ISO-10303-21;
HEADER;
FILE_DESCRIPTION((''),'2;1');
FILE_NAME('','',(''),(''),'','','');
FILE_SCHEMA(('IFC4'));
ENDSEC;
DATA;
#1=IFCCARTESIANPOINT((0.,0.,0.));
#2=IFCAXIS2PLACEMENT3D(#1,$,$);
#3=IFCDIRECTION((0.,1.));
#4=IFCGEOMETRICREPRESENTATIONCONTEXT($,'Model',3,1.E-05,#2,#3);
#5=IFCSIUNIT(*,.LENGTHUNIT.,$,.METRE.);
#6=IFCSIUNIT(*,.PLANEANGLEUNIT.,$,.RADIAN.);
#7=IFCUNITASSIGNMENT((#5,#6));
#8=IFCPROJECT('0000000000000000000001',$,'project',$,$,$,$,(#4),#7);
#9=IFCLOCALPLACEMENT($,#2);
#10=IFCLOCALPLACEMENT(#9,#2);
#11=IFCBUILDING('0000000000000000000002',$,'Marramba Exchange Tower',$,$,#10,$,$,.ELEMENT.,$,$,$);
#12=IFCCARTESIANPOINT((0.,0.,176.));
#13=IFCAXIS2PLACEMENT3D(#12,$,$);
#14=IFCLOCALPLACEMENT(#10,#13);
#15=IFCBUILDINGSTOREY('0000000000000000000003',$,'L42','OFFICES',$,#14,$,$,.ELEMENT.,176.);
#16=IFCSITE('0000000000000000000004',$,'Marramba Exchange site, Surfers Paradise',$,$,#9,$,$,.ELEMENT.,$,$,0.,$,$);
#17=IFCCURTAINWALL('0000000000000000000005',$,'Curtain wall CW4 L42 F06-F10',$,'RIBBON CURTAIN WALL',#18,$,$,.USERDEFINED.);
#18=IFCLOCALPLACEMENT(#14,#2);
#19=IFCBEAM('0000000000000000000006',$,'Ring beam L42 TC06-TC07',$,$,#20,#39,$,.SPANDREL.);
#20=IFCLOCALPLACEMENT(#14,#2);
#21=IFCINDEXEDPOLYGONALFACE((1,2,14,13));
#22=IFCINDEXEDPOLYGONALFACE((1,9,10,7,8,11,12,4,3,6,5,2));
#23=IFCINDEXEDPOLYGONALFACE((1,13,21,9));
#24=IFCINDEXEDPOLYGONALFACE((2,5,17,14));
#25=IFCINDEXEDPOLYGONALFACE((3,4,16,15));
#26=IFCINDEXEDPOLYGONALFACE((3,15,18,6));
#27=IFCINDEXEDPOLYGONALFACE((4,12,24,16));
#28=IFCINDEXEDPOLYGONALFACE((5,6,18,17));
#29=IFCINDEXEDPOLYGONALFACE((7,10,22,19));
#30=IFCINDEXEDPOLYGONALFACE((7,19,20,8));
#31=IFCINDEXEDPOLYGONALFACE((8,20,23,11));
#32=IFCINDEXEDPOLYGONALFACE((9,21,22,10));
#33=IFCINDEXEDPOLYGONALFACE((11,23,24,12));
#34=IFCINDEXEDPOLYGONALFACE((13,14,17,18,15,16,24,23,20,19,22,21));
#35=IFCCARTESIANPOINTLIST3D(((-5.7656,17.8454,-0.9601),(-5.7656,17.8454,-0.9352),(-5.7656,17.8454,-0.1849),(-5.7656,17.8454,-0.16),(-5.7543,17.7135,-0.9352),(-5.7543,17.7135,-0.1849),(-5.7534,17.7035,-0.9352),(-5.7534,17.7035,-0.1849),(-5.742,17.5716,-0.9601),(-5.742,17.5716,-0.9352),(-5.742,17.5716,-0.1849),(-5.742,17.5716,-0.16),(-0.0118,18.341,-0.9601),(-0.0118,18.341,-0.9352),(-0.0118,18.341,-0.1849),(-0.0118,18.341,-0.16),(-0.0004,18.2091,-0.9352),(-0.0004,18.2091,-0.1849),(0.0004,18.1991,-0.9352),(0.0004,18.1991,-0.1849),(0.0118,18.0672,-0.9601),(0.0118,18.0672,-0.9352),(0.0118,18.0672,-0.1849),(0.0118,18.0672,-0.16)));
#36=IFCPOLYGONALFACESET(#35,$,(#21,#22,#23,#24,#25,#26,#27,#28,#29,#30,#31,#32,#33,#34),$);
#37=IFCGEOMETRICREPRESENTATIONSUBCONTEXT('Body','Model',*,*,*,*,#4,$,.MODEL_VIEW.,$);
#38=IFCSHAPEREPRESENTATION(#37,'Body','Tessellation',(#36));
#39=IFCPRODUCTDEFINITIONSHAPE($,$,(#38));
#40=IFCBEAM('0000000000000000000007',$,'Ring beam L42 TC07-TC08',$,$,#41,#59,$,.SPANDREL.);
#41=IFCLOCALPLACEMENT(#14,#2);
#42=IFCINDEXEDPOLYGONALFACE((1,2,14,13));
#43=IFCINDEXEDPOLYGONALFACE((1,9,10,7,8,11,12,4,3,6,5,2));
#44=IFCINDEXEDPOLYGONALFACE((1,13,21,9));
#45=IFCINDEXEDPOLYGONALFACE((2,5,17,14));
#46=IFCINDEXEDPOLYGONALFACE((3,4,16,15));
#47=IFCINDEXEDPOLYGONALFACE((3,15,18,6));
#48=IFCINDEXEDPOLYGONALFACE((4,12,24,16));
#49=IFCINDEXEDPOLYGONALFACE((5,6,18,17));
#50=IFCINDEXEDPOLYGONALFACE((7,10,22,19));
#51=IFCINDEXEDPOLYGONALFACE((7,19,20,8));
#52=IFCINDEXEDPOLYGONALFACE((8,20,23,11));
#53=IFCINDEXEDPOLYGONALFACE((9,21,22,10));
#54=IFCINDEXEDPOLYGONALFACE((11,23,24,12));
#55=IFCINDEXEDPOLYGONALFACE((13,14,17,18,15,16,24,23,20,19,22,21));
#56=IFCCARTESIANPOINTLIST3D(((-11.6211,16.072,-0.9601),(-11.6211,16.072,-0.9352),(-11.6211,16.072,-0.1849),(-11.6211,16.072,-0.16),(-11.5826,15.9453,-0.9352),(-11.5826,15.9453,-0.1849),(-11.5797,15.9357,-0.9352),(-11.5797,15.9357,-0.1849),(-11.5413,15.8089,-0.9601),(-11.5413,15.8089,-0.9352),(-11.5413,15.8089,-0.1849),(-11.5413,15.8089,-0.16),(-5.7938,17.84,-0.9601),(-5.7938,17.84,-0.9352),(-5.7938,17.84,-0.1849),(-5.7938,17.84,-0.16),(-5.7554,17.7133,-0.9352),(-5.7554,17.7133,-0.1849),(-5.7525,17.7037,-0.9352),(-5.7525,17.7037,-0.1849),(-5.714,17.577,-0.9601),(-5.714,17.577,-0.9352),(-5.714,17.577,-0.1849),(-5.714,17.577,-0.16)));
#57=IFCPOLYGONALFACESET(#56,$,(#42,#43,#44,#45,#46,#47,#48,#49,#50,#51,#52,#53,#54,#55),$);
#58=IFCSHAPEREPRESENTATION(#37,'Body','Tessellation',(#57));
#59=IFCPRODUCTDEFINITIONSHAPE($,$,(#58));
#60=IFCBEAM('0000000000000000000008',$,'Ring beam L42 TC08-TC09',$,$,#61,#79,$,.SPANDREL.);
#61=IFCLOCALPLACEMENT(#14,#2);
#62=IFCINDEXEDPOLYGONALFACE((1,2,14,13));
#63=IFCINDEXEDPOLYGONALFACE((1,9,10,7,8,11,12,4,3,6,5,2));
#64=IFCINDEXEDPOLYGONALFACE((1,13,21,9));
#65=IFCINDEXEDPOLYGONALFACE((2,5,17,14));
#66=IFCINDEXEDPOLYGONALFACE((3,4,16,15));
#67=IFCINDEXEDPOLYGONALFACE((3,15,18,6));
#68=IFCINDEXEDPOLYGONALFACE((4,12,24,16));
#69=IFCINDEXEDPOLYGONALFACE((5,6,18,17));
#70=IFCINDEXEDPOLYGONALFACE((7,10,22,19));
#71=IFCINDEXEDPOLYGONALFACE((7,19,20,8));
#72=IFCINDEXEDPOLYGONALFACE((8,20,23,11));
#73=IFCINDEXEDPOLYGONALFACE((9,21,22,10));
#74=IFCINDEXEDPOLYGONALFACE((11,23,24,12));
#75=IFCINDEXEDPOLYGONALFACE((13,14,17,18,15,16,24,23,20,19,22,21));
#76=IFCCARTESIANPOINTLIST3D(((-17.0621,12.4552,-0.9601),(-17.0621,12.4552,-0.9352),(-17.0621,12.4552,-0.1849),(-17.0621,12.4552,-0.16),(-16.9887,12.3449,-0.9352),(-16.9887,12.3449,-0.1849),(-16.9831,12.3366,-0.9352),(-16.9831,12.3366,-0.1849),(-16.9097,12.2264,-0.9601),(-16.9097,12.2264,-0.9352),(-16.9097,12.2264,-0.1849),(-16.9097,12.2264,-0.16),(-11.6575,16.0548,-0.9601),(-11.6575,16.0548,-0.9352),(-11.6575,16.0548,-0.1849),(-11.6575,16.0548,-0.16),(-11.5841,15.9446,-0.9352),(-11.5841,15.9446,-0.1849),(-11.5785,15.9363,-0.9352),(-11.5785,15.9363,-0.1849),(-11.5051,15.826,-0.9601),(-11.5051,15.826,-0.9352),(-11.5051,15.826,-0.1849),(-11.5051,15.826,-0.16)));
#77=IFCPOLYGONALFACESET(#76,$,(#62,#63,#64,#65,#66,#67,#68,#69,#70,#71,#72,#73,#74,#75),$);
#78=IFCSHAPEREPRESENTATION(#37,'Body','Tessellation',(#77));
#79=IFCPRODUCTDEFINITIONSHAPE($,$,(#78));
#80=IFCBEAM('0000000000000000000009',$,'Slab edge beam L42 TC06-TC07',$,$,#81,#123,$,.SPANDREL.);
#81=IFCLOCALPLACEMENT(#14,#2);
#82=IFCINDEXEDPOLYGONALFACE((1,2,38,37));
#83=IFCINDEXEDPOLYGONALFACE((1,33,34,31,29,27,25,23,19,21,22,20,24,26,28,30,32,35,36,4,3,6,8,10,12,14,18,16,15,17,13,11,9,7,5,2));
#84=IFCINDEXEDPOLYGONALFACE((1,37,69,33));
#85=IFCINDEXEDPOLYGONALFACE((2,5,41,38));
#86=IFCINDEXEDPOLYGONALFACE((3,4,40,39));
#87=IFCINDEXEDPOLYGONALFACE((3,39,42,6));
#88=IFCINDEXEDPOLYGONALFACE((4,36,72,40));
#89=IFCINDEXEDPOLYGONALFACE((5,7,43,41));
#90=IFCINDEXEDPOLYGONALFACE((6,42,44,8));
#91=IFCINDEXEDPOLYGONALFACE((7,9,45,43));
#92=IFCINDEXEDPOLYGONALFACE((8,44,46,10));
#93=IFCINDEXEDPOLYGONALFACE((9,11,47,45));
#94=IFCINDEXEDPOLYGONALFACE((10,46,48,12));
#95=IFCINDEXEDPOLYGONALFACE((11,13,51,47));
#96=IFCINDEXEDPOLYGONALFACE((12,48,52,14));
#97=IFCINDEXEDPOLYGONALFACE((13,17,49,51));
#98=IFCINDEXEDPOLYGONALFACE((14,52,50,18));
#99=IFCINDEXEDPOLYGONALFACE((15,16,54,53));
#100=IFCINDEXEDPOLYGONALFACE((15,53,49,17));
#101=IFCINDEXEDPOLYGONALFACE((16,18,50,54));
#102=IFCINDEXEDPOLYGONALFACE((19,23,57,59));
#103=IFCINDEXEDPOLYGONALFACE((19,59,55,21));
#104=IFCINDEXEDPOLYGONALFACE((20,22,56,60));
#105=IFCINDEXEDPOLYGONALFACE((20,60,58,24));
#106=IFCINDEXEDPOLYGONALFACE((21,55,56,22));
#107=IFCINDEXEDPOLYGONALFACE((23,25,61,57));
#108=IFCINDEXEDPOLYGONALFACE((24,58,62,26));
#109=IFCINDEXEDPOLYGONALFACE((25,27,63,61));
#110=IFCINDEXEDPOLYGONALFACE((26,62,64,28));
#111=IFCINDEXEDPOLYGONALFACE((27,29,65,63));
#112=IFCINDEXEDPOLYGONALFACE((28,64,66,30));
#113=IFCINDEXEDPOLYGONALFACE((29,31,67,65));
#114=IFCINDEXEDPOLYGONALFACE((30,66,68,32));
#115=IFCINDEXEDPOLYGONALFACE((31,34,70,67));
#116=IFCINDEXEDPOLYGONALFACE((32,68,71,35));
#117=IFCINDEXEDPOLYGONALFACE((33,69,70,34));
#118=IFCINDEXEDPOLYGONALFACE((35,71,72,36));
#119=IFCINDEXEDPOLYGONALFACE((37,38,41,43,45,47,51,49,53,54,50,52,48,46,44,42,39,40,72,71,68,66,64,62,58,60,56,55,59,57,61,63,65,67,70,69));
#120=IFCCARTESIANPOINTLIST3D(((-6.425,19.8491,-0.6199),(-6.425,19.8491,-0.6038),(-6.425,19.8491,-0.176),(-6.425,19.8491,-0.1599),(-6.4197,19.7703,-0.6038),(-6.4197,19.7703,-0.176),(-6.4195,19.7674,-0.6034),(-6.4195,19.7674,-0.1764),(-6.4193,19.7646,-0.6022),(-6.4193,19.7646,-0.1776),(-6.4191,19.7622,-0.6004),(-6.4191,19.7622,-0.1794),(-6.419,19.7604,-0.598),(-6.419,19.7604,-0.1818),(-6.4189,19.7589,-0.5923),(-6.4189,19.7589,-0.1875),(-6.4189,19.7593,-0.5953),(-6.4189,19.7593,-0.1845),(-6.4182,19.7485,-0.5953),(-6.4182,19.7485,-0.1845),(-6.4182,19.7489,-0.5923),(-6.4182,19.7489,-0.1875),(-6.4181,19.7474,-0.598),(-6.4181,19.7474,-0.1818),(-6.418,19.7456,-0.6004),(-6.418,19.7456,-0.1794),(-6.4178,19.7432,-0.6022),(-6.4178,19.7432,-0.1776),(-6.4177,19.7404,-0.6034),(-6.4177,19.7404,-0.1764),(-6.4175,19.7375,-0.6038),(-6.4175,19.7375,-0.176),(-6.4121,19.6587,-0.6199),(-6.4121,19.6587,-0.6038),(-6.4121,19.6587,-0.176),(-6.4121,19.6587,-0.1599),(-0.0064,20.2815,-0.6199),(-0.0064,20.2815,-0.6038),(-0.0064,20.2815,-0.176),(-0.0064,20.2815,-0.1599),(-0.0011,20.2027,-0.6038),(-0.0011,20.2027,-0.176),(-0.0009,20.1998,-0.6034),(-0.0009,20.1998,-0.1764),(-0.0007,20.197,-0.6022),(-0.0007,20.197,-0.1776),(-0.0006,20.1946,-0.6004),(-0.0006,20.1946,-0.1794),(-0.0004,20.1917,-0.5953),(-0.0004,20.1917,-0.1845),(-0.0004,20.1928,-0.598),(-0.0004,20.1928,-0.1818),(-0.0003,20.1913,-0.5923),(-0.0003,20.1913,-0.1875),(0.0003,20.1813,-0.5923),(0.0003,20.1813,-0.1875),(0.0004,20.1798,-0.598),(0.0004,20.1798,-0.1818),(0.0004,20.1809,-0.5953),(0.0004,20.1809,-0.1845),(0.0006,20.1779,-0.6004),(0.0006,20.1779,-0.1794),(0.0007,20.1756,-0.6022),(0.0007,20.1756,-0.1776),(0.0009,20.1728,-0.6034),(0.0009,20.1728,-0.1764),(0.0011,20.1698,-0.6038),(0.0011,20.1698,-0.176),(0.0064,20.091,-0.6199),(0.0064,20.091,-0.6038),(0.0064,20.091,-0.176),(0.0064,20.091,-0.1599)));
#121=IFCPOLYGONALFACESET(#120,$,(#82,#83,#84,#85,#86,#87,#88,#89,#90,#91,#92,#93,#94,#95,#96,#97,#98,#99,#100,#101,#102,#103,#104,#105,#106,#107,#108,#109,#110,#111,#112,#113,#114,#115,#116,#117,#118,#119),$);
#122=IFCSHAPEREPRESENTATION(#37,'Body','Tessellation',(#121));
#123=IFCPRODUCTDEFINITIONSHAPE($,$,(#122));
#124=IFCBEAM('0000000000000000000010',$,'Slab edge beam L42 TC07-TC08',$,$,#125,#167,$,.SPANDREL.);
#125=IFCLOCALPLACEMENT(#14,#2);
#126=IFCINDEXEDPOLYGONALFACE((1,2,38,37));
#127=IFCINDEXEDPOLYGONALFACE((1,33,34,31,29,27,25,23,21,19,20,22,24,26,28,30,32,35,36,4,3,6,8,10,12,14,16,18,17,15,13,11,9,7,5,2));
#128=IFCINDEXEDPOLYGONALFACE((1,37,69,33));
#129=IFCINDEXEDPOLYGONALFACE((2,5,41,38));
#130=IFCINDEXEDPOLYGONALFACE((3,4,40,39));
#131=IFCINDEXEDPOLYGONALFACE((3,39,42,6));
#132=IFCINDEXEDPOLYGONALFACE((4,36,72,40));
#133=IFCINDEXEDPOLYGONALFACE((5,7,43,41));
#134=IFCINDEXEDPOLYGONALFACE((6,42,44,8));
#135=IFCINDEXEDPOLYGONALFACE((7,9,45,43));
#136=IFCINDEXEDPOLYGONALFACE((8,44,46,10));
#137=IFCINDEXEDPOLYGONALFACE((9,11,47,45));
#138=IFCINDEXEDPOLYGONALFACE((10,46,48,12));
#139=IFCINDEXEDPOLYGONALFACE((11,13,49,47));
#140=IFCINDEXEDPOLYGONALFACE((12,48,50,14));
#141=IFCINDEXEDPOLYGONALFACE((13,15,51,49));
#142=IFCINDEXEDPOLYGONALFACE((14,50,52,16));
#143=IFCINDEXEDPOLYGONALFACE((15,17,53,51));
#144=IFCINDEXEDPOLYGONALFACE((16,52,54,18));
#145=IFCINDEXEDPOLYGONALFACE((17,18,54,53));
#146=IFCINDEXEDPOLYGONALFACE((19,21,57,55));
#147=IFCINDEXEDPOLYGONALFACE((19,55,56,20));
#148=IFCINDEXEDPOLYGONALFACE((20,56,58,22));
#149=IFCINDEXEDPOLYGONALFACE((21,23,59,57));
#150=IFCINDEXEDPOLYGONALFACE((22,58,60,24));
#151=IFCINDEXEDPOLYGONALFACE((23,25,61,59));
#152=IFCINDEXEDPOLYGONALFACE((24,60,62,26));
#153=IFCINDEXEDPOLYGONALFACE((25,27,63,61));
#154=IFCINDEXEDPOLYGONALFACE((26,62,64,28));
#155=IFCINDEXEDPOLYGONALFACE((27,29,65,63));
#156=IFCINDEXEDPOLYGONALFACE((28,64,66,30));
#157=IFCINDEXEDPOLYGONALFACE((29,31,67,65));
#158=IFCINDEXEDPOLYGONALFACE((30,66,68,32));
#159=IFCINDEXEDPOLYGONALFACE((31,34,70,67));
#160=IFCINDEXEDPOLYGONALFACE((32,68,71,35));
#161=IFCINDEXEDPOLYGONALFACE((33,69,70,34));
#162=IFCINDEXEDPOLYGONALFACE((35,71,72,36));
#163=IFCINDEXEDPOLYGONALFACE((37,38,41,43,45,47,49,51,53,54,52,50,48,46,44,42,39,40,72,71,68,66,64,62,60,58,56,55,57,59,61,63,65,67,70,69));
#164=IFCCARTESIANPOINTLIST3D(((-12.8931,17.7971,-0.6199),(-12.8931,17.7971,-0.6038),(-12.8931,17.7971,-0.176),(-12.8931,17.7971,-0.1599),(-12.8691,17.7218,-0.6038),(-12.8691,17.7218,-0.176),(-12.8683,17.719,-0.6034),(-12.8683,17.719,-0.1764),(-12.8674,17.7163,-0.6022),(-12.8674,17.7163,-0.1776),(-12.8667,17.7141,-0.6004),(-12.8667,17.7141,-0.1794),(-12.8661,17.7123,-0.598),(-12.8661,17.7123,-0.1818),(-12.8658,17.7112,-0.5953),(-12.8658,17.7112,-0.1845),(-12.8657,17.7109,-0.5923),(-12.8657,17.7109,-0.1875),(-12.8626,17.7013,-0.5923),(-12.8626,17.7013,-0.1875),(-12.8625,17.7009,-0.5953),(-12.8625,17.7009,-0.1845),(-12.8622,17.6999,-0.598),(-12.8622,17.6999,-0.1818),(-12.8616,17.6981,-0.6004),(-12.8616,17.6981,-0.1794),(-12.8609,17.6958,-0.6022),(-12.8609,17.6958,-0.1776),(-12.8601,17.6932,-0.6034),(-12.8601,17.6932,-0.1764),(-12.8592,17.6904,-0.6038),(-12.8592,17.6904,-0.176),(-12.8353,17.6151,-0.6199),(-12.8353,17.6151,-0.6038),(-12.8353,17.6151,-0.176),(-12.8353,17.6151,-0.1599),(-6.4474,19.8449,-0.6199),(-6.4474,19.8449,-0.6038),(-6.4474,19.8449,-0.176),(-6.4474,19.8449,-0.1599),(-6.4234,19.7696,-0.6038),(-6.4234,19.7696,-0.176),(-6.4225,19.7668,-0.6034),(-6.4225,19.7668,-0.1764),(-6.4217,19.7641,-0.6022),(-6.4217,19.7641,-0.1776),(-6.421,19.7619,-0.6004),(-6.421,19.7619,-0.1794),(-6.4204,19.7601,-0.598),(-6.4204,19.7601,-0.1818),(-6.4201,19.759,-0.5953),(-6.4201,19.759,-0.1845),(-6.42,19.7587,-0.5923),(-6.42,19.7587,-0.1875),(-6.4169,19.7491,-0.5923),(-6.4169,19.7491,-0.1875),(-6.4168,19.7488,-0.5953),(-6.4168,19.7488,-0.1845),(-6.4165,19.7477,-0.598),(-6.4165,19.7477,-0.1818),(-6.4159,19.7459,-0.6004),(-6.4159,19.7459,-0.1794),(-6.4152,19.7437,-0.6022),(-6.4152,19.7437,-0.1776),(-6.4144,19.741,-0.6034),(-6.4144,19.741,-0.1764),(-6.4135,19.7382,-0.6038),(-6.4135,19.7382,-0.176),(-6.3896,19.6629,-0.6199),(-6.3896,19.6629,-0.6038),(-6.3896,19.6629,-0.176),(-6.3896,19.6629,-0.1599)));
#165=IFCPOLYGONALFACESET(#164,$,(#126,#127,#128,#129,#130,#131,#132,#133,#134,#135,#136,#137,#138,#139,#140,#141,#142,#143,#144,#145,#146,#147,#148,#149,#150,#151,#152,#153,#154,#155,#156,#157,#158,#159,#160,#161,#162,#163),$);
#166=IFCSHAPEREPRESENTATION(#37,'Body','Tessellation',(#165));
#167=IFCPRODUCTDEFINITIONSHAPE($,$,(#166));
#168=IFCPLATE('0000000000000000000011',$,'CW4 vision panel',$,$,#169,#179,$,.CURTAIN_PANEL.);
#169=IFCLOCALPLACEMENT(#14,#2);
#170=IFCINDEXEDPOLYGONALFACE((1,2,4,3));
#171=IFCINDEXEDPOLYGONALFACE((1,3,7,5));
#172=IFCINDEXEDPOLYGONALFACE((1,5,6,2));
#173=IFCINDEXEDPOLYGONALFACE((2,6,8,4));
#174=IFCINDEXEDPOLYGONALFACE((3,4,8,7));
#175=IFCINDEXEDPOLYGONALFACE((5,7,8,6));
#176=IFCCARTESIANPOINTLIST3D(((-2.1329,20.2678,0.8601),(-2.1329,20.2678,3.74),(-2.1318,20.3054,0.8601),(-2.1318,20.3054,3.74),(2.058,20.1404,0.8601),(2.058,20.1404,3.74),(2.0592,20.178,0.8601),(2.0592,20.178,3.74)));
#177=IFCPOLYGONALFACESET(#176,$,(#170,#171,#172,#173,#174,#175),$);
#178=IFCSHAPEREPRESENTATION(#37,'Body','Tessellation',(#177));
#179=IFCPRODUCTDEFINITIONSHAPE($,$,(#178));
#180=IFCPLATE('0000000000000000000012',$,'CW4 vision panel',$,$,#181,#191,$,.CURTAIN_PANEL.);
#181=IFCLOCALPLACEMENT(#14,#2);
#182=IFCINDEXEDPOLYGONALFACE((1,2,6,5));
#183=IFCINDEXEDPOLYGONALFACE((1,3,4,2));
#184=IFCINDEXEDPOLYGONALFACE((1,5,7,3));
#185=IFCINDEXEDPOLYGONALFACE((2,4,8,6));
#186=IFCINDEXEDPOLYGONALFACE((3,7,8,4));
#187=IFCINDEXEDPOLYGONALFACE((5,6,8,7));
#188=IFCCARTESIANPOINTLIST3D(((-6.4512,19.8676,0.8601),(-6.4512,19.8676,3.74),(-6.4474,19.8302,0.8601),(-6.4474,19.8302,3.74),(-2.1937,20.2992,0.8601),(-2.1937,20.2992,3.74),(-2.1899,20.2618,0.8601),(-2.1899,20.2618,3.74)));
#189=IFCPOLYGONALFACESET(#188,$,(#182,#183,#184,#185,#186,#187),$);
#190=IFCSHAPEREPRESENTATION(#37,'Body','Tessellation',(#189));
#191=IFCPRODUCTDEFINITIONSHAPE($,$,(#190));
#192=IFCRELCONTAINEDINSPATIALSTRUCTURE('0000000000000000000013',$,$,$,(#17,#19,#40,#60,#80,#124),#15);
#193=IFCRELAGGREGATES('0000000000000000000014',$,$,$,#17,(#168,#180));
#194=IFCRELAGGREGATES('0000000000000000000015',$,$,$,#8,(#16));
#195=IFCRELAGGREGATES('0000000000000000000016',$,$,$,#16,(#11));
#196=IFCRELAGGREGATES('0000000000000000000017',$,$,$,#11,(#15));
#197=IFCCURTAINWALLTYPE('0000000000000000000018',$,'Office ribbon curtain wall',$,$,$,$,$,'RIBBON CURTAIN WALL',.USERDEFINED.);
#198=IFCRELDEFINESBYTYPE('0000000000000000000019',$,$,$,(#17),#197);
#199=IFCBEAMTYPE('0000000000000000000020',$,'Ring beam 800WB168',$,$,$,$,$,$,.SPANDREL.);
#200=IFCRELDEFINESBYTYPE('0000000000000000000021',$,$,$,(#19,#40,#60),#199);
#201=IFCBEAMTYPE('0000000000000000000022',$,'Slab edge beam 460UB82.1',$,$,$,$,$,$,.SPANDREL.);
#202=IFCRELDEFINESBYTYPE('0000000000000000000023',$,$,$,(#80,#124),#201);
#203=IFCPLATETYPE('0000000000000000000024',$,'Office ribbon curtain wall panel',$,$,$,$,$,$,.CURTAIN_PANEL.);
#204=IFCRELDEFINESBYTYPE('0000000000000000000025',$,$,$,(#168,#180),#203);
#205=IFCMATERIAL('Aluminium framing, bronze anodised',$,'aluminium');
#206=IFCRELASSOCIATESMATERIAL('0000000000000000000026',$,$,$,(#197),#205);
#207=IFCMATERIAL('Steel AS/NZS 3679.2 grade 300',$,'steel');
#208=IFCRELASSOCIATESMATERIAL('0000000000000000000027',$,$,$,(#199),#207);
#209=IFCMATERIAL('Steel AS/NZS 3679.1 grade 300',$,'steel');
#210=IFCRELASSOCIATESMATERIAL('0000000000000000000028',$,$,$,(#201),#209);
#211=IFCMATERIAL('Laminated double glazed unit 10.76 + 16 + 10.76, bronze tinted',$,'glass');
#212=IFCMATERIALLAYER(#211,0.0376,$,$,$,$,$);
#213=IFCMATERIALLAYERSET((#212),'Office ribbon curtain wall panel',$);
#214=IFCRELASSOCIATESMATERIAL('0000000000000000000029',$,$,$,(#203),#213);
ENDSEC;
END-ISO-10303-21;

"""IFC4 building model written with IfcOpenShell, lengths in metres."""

from ifc_helpers import new_model, si_unit, direction, frame, origin, origin_2d, place, context, subcontext, project, spatial, rectangle, i_section, extrude, material, layer, layer_set, material_profile, profile_set, type_object, element, aggregate, save


model = new_model("IFC4")

# Units and contexts
model_context = context("Model", 3, precision=1e-05, world=origin(), true_north=direction((0.0, 1.0)))
body_context = subcontext(model_context, "Body", "Model", "MODEL_VIEW")
ifc_project = project(units=[si_unit("LENGTHUNIT", "METRE"), si_unit("PLANEANGLEUNIT", "RADIAN")], contexts=[model_context])

# Site, building, storey
site_placement = place(None, origin())
site = spatial("IfcSite", under=ifc_project, at=site_placement, Name="Marramba Exchange site, Surfers Paradise", CompositionType="ELEMENT", RefElevation=0.0)
building_placement = place(site_placement, origin())
building = spatial("IfcBuilding", under=site, at=building_placement, Name="Marramba Exchange Tower", CompositionType="ELEMENT")
storey_placement = place(building_placement, frame((0.0, 0.0, 176.0)))
storey = spatial("IfcBuildingStorey", under=building, at=storey_placement, Name="L42", Description="OFFICES", CompositionType="ELEMENT", Elevation=176.0)

# Shared definitions
ifc_material_1 = material(Name="Steel AS/NZS 3679.2 grade 300", Category="steel")

# Curtain wall
ifc_material_2 = material(Name="Aluminium framing, bronze anodised", Category="aluminium")
curtain_wall_type = type_object("IfcCurtainWallType", Name="Office ribbon curtain wall", ElementType="RIBBON CURTAIN WALL", PredefinedType="USERDEFINED", material=ifc_material_2)
curtain_wall_1_placement = place(storey_placement, origin())
curtain_wall_1 = element("IfcCurtainWall", 1, at=curtain_wall_1_placement, inside=storey, type_object=curtain_wall_type, Name="Curtain wall CW4 L42 F06-F10", ObjectType="RIBBON CURTAIN WALL", PredefinedType="USERDEFINED")

# Beams
ifc_material_profile_1 = material_profile(ifc_material_1, i_section(OverallWidth=0.2749, OverallDepth=0.8, WebThickness=0.01, FlangeThickness=0.0249, at=origin_2d()), Name="800WB168")
ifc_profile_set_1 = profile_set([ifc_material_profile_1], Name="Steel AS/NZS 3679.2 grade 300")
beam_type_1 = type_object("IfcBeamType", Name="Ring beam 800WB168", PredefinedType="SPANDREL", material=ifc_profile_set_1)
beam_1_placement = place(storey_placement, frame((0.0, 18.2041, -0.5601), z_axis=(-0.996311, -0.085816, 0.0), x_axis=(0.085816, -0.996311, 0.0)))
element("IfcBeam", 2, at=beam_1_placement, inside=storey, type_object=beam_type_1, Name="Ring beam L42 TC06-TC07", PredefinedType="SPANDREL", context=body_context, shape_type="SweptSolid", body=[
    extrude(i_section(OverallWidth=0.2749, OverallDepth=0.8, WebThickness=0.01, FlangeThickness=0.0249, at=origin_2d()), origin(), (0.0, 0.0, 1.0), 5.7751),
])
beam_2_placement = place(storey_placement, frame((-5.7539, 17.7085, -0.5601), z_axis=(-0.956925, -0.290337, 0.0), x_axis=(0.290337, -0.956925, 0.0)))
element("IfcBeam", 3, at=beam_2_placement, inside=storey, type_object=beam_type_1, Name="Ring beam L42 TC07-TC08", PredefinedType="SPANDREL", context=body_context, shape_type="SweptSolid", body=[
    extrude(i_section(OverallWidth=0.2749, OverallDepth=0.8, WebThickness=0.01, FlangeThickness=0.0249, at=origin_2d()), origin(), (0.0, 0.0, 1.0), 6.0896),
])
beam_3_placement = place(storey_placement, frame((-11.5813, 15.9404, -0.5601), z_axis=(-0.832293, -0.554336, 0.0), x_axis=(0.554336, -0.832293, 0.0)))
element("IfcBeam", 4, at=beam_3_placement, inside=storey, type_object=beam_type_1, Name="Ring beam L42 TC08-TC09", PredefinedType="SPANDREL", context=body_context, shape_type="SweptSolid", body=[
    extrude(i_section(OverallWidth=0.2749, OverallDepth=0.8, WebThickness=0.01, FlangeThickness=0.0249, at=origin_2d()), origin(), (0.0, 0.0, 1.0), 6.4937),
])
ifc_material_3 = material(Name="Steel AS/NZS 3679.1 grade 300", Category="steel")
ifc_material_profile_2 = material_profile(ifc_material_3, i_section(OverallWidth=0.1909, OverallDepth=0.46, WebThickness=0.01, FlangeThickness=0.0161, FilletRadius=0.0115, at=origin_2d()), Name="460UB82.1")
ifc_profile_set_2 = profile_set([ifc_material_profile_2], Name="Steel AS/NZS 3679.1 grade 300")
beam_type_2 = type_object("IfcBeamType", Name="Slab edge beam 460UB82.1", PredefinedType="SPANDREL", material=ifc_profile_set_2)
beam_4_placement = place(storey_placement, frame((0.0, 20.1863, -0.3899), z_axis=(-0.997739, -0.067212, 0.0), x_axis=(0.067212, -0.997739, 0.0)))
element("IfcBeam", 5, at=beam_4_placement, inside=storey, type_object=beam_type_2, Name="Slab edge beam L42 TC06-TC07", PredefinedType="SPANDREL", context=body_context, shape_type="SweptSolid", body=[
    extrude(i_section(OverallWidth=0.1909, OverallDepth=0.46, WebThickness=0.01, FlangeThickness=0.0161, FilletRadius=0.0115, at=origin_2d()), origin(), (0.0, 0.0, 1.0), 6.4331),
])
beam_5_placement = place(storey_placement, frame((-6.4185, 19.7539, -0.3899), z_axis=(-0.953057, -0.302789, 0.0), x_axis=(0.302789, -0.953057, 0.0)))
element("IfcBeam", 6, at=beam_5_placement, inside=storey, type_object=beam_type_2, Name="Slab edge beam L42 TC07-TC08", PredefinedType="SPANDREL", context=body_context, shape_type="SweptSolid", body=[
    extrude(i_section(OverallWidth=0.1909, OverallDepth=0.46, WebThickness=0.01, FlangeThickness=0.0161, FilletRadius=0.0115, at=origin_2d()), origin(), (0.0, 0.0, 1.0), 6.7632),
])

# Plates
ifc_material_4 = material(Name="Laminated double glazed unit 10.76 + 16 + 10.76, bronze tinted", Category="glass")
ifc_layer_1 = layer(ifc_material_4, 0.0376)
ifc_layer_set_1 = layer_set([ifc_layer_1], Name="Office ribbon curtain wall panel")
plate_type = type_object("IfcPlateType", Name="Office ribbon curtain wall panel", PredefinedType="CURTAIN_PANEL", material=ifc_layer_set_1)
plate_1_placement = place(storey_placement, frame((-0.0369, 20.2229, 0.8601), z_axis=(0.0, 0.0, 1.0), x_axis=(-0.999538, 0.030394, 0.0)))
plate_1 = element("IfcPlate", 7, at=plate_1_placement, type_object=plate_type, Name="CW4 vision panel", PredefinedType="CURTAIN_PANEL", context=body_context, shape_type="SweptSolid", body=[
    extrude(rectangle(XDim=4.1929, YDim=0.0376, at=origin_2d()), origin(), (0.0, 0.0, 1.0), 2.8799),
])
plate_2_placement = place(storey_placement, frame((-4.3206, 20.0647, 0.8601), z_axis=(0.0, 0.0, 1.0), x_axis=(-0.9949, -0.100863, 0.0)))
plate_2 = element("IfcPlate", 8, at=plate_2_placement, type_object=plate_type, Name="CW4 vision panel", PredefinedType="CURTAIN_PANEL", context=body_context, shape_type="SweptSolid", body=[
    extrude(rectangle(XDim=4.2793, YDim=0.0376, at=origin_2d()), origin(), (0.0, 0.0, 1.0), 2.8799),
])
aggregate(curtain_wall_1, [plate_1, plate_2])

save(model, "model.ifc")
